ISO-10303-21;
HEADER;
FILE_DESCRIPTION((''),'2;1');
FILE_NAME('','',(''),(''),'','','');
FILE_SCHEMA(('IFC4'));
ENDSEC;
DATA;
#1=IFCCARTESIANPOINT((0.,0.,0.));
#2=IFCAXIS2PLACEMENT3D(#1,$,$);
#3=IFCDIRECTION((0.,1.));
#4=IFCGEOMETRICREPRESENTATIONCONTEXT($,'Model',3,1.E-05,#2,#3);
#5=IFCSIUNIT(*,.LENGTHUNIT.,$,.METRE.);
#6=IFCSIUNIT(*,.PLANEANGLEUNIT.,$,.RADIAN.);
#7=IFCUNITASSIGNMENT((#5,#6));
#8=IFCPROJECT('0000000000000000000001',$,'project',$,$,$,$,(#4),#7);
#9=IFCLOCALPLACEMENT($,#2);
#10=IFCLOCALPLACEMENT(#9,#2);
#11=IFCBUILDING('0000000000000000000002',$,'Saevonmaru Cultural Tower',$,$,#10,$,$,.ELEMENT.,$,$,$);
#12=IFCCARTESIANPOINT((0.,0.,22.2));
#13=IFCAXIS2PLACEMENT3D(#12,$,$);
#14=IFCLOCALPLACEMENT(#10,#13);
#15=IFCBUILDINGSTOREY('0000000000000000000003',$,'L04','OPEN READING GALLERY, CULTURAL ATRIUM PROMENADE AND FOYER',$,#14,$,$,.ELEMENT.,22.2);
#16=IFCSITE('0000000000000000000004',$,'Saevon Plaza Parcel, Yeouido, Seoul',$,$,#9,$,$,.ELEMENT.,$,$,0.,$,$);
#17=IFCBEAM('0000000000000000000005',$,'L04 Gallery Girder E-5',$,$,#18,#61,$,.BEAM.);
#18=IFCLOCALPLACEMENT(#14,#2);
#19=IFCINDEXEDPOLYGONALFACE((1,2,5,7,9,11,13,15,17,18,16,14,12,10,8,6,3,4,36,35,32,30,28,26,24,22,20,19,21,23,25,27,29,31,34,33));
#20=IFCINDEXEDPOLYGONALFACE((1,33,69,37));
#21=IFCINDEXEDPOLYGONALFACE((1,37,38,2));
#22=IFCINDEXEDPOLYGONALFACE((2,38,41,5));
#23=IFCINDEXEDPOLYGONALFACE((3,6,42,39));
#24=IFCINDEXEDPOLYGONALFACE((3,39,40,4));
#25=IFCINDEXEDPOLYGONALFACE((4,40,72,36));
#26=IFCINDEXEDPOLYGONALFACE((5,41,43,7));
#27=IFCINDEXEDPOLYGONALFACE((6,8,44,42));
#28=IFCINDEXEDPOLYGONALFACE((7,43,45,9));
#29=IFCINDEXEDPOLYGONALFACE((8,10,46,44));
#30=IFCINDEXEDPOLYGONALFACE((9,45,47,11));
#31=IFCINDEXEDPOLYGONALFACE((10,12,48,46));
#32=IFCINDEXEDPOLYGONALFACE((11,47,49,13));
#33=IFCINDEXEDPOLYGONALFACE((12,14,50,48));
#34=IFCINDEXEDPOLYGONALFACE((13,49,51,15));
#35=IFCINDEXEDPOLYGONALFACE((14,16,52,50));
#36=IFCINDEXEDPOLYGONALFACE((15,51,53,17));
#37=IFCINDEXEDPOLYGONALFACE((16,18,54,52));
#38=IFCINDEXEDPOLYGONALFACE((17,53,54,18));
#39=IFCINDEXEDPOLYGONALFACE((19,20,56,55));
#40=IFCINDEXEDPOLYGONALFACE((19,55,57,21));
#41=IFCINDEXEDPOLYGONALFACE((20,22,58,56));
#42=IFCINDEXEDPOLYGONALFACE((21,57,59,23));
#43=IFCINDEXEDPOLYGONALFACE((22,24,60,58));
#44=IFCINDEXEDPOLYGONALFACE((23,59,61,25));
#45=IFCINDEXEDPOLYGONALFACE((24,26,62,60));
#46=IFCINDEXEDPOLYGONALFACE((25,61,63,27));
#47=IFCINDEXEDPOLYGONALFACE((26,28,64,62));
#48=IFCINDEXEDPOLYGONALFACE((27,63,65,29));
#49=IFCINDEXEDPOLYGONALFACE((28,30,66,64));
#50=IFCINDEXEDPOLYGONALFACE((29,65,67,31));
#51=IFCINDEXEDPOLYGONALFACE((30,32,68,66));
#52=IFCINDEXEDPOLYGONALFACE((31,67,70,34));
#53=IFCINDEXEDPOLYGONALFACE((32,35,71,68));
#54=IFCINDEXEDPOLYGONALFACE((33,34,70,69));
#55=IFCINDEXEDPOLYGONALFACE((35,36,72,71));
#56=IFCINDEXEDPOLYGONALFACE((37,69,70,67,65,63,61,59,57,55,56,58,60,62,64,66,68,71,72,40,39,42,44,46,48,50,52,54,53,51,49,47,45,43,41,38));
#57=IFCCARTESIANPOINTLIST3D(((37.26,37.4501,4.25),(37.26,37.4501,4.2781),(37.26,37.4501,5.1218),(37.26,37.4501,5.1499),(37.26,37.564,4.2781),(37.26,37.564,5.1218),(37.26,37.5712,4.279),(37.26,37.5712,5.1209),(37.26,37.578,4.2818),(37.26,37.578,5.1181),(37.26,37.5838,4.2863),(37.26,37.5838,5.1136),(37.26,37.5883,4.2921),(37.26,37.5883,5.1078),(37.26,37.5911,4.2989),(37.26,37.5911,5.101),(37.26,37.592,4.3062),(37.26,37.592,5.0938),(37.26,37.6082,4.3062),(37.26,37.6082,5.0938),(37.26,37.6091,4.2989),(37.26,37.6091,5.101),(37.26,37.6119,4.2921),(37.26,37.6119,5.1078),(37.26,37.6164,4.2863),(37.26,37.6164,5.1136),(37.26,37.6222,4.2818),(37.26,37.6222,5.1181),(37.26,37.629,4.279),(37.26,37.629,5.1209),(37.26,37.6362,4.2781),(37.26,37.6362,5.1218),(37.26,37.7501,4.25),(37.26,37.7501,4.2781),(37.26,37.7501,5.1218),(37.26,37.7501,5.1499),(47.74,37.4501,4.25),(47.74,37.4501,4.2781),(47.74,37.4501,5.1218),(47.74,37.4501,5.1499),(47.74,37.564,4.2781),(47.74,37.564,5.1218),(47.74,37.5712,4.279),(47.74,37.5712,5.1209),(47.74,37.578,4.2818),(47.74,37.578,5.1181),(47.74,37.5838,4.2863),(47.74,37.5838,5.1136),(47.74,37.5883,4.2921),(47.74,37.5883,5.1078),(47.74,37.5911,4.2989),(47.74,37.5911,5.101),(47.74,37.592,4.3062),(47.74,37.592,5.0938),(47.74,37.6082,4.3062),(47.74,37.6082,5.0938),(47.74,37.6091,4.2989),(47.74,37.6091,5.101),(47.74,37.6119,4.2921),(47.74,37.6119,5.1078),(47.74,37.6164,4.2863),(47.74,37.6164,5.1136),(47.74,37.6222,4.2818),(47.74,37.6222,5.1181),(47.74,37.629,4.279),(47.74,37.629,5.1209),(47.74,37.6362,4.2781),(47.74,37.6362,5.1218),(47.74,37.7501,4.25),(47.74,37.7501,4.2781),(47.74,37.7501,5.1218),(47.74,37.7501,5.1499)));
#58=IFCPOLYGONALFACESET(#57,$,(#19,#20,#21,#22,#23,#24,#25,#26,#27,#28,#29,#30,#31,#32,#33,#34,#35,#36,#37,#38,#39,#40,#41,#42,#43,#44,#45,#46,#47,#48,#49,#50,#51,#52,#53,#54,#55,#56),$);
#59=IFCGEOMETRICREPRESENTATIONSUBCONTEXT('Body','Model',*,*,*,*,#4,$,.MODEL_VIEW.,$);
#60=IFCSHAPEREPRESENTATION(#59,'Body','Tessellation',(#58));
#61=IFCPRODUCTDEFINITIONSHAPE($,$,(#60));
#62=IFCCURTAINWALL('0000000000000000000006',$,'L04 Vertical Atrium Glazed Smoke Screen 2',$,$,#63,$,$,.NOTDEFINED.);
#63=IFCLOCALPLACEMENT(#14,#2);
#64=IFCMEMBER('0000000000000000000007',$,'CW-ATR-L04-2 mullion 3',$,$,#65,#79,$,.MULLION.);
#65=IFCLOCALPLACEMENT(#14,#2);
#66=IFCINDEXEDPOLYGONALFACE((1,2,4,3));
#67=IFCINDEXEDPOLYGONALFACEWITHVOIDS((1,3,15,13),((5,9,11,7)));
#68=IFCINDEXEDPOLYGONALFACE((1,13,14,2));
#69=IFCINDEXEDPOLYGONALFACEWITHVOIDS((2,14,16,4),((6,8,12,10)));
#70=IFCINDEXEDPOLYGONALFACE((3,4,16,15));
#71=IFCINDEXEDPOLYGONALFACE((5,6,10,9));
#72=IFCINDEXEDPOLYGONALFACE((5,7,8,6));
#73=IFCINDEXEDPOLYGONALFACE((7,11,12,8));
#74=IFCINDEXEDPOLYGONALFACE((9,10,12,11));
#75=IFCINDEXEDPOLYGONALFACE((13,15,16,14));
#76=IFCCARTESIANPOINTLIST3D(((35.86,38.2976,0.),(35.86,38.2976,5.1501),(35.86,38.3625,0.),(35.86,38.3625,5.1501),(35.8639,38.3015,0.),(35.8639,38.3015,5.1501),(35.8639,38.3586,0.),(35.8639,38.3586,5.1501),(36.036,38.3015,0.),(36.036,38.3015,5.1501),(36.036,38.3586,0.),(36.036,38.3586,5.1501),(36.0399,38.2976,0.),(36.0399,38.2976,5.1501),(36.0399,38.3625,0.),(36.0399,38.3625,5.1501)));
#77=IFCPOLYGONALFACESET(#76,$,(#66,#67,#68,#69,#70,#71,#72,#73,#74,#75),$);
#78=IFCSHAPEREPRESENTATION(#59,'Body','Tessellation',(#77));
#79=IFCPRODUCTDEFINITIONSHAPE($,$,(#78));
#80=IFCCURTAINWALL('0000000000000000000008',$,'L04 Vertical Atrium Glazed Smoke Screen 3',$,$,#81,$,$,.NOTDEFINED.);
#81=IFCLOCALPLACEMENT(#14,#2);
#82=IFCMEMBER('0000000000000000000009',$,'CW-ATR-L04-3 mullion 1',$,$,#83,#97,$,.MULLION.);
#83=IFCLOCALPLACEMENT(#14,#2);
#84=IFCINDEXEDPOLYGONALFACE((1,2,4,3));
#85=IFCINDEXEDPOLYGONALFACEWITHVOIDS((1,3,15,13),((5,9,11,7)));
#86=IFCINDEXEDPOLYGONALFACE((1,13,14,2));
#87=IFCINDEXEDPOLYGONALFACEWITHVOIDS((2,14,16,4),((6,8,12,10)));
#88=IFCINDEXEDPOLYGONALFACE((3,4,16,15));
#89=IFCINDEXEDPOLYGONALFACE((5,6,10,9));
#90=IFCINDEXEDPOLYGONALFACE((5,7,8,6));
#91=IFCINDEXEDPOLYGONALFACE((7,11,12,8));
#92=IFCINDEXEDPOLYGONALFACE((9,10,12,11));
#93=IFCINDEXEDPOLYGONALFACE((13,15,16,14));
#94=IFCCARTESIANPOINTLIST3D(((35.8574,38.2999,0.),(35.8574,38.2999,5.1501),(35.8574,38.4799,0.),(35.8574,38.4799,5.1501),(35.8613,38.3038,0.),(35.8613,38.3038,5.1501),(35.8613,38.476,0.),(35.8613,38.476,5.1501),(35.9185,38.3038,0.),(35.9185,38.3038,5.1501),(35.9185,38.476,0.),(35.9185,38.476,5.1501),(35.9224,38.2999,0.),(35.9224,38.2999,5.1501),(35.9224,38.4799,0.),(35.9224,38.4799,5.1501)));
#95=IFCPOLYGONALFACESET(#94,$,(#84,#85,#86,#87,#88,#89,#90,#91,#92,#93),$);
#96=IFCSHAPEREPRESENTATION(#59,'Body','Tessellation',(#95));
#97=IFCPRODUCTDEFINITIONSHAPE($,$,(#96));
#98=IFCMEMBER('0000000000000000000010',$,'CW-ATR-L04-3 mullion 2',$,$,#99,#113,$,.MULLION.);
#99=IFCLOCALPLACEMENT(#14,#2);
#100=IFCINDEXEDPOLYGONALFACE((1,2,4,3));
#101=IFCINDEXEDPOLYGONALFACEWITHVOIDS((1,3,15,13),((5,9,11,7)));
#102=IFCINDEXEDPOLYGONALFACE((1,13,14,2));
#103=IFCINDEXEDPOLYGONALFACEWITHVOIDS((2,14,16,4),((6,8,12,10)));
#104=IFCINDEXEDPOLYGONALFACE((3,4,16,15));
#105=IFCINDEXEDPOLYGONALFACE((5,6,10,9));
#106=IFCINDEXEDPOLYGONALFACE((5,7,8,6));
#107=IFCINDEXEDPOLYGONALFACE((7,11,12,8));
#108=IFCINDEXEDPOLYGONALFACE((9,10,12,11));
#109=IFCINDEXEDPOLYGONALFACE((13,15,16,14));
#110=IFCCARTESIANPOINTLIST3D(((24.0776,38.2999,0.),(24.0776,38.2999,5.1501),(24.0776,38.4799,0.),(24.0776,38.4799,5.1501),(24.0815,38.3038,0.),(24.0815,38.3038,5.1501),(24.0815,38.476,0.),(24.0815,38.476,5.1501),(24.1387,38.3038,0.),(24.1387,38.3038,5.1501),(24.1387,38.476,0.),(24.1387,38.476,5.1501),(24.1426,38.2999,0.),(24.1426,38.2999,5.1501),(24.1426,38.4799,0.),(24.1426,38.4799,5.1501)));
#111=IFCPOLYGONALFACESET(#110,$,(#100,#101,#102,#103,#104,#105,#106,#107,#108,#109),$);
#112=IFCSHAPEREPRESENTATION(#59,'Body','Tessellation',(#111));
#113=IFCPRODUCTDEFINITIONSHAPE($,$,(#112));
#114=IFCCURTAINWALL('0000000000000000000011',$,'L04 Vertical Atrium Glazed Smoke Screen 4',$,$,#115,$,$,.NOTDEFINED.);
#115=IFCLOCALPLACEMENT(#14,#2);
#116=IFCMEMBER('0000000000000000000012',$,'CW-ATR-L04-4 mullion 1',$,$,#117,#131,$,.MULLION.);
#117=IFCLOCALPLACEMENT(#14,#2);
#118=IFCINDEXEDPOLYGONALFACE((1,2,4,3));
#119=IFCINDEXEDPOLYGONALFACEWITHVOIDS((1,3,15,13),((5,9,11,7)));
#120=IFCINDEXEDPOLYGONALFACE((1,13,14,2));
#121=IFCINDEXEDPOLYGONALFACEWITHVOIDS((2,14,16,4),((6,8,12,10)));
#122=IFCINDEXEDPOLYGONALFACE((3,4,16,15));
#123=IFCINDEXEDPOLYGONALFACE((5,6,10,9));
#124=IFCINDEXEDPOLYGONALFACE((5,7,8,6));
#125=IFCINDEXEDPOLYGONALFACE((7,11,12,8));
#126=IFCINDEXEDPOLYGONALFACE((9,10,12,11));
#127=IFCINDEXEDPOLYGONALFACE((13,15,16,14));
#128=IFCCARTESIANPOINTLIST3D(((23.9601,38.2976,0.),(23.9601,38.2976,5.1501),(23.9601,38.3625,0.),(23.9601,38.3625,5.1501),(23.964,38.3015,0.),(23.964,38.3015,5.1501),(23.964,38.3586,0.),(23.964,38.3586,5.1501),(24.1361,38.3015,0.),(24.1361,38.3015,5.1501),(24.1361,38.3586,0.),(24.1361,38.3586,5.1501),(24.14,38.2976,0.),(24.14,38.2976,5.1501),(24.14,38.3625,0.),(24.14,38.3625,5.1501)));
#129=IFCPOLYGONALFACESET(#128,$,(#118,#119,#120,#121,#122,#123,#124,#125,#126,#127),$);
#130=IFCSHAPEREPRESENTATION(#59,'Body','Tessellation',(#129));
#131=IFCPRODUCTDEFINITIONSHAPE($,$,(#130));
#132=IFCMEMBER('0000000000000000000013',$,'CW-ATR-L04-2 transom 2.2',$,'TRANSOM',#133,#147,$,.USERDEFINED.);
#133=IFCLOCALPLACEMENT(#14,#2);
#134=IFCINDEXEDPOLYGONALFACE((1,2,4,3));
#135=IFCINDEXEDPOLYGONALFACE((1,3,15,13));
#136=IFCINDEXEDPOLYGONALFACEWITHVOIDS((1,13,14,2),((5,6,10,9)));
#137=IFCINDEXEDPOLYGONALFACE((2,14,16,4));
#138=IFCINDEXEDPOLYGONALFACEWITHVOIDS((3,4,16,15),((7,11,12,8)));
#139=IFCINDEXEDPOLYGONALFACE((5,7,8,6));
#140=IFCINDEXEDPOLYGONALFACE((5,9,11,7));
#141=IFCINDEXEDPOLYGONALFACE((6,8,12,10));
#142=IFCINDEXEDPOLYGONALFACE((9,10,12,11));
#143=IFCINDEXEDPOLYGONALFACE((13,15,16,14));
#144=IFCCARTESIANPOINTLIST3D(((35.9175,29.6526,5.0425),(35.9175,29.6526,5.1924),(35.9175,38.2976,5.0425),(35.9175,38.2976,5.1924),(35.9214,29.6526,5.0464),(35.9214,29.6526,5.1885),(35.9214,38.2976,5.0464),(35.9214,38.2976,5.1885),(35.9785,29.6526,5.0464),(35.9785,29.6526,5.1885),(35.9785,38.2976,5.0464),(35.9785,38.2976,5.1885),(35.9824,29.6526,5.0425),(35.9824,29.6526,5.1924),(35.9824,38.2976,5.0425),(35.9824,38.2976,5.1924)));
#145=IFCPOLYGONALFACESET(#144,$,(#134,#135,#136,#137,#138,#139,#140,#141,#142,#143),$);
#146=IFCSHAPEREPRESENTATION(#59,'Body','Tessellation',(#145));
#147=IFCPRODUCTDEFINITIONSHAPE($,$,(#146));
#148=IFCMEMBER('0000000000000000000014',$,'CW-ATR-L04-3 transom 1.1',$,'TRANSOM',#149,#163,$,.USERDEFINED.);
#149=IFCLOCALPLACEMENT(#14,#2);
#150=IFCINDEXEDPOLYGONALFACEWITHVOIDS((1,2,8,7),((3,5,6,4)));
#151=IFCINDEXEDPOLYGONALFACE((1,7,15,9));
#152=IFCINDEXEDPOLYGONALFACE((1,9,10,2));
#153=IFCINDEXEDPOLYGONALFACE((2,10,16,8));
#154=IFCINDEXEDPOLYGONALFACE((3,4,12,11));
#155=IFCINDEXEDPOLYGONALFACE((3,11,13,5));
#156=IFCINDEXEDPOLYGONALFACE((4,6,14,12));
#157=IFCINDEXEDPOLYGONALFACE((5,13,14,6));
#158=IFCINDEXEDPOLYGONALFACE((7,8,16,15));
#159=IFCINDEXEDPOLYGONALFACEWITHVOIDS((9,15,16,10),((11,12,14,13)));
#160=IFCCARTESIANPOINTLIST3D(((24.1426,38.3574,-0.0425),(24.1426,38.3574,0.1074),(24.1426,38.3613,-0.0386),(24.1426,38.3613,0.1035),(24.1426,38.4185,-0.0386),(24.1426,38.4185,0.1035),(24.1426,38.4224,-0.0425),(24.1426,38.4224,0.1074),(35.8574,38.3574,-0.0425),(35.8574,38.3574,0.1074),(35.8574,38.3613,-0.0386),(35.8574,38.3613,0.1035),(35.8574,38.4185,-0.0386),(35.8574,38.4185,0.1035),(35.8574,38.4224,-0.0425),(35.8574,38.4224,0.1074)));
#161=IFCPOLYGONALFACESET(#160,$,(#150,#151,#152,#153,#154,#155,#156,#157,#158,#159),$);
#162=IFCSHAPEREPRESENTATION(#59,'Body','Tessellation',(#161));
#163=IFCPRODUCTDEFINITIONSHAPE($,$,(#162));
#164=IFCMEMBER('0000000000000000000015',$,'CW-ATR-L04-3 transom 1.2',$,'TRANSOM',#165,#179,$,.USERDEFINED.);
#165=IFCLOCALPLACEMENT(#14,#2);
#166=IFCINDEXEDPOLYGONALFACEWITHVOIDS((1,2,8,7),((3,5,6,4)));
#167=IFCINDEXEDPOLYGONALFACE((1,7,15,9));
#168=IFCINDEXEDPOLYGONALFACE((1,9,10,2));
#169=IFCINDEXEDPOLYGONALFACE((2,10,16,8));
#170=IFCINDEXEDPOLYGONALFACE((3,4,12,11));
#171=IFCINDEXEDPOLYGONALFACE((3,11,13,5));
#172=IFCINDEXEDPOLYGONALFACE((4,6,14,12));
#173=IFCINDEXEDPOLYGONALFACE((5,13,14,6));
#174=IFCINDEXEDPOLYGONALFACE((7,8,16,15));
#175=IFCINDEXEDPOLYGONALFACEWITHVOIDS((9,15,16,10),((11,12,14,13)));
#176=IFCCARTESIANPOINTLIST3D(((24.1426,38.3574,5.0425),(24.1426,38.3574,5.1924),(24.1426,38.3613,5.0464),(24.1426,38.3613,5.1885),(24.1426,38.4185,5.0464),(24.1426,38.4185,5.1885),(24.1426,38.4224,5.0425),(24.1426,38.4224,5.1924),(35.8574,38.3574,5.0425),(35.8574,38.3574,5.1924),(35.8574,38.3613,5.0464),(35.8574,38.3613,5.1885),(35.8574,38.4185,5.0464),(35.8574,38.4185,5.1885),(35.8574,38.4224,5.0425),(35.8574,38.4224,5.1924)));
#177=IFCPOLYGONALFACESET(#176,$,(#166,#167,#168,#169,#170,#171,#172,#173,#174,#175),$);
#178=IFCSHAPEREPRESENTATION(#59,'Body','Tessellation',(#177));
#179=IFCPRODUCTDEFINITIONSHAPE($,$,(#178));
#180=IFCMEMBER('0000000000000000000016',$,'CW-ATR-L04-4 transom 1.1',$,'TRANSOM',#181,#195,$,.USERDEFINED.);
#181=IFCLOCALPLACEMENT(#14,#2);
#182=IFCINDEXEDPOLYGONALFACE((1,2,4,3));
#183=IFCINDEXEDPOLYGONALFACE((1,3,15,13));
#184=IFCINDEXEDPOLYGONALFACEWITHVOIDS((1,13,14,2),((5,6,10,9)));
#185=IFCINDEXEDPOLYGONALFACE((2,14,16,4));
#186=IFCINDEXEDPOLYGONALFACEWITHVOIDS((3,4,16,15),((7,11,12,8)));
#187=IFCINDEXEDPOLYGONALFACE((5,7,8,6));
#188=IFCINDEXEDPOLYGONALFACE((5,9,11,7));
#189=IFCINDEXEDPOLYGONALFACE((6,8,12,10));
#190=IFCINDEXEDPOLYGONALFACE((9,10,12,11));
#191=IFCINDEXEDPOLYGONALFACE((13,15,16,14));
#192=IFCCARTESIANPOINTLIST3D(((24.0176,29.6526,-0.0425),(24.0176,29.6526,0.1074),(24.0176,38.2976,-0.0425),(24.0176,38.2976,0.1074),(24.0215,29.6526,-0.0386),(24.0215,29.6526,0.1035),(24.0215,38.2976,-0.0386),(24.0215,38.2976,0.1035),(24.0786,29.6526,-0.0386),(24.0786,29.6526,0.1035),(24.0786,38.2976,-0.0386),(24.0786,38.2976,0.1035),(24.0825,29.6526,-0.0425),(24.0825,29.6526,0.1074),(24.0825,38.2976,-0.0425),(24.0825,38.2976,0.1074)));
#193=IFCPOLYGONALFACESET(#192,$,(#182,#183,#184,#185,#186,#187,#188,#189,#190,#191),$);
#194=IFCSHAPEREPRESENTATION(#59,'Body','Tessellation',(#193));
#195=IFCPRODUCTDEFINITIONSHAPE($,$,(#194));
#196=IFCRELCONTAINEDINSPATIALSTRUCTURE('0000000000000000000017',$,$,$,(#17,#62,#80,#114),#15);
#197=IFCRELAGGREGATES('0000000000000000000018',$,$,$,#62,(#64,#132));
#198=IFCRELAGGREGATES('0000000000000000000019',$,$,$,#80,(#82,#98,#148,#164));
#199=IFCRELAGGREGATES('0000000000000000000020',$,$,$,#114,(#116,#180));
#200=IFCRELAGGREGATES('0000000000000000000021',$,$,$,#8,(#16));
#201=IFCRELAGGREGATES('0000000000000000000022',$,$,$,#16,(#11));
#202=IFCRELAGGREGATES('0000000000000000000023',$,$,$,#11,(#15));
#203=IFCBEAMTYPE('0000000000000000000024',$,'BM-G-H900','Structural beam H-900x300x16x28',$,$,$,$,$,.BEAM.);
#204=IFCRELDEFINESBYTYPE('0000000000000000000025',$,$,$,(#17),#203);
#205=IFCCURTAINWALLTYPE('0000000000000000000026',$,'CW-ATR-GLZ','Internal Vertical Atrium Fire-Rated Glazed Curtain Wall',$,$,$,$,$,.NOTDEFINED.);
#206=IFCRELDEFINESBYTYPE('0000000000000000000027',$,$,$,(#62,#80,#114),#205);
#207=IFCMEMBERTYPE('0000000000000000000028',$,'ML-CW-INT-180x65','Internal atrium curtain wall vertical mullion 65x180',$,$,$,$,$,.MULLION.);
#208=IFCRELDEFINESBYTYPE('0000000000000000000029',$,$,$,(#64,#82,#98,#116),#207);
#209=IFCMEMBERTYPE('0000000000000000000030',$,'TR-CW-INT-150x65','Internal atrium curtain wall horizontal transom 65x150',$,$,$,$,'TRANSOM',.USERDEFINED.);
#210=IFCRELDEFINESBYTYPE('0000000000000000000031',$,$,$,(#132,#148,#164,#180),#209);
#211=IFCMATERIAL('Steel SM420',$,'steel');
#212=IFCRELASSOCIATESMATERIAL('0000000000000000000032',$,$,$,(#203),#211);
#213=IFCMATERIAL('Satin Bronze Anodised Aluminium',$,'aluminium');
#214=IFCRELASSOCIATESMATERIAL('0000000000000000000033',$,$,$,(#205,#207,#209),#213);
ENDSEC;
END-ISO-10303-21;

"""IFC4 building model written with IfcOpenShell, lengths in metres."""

from ifc_helpers import new_model, si_unit, direction, frame, origin, origin_2d, place, context, subcontext, project, spatial, hollow_rectangle, i_section, extrude, material, material_profile, profile_set, type_object, element, aggregate, save


model = new_model("IFC4")

# Units and contexts
model_context = context("Model", 3, precision=1e-05, world=origin(), true_north=direction((0.0, 1.0)))
body_context = subcontext(model_context, "Body", "Model", "MODEL_VIEW")
ifc_project = project(units=[si_unit("LENGTHUNIT", "METRE"), si_unit("PLANEANGLEUNIT", "RADIAN")], contexts=[model_context])

# Site, building, storey
site_placement = place(None, origin())
site = spatial("IfcSite", under=ifc_project, at=site_placement, Name="Saevon Plaza Parcel, Yeouido, Seoul", CompositionType="ELEMENT", RefElevation=0.0)
building_placement = place(site_placement, origin())
building = spatial("IfcBuilding", under=site, at=building_placement, Name="Saevonmaru Cultural Tower", CompositionType="ELEMENT")
storey_placement = place(building_placement, frame((0.0, 0.0, 22.2)))
storey = spatial("IfcBuildingStorey", under=building, at=storey_placement, Name="L04", Description="OPEN READING GALLERY, CULTURAL ATRIUM PROMENADE AND FOYER", CompositionType="ELEMENT", Elevation=22.2)

# Shared definitions
ifc_material_1 = material(Name="Steel SM420", Category="steel")

# Beam
ifc_material_profile_1 = material_profile(ifc_material_1, i_section(OverallWidth=0.3, OverallDepth=0.8999, WebThickness=0.0161, FlangeThickness=0.0281, FilletRadius=0.0281, at=origin_2d()), Name="H-900x300x16x28")
ifc_profile_set_1 = profile_set([ifc_material_profile_1], Name="Steel SM420")
beam_type_1 = type_object("IfcBeamType", Name="BM-G-H900", Description="Structural beam H-900x300x16x28", PredefinedType="BEAM", material=ifc_profile_set_1)
for number, where, z_axis, x_axis, name in (
    (1, (37.26, 37.6001, 4.7), (1.0, 0.0, 0.0), (0.0, 1.0, 0.0), "L04 Gallery Girder E-5"),
):
    element("IfcBeam", number, at=place(storey_placement, frame(where, z_axis=z_axis, x_axis=x_axis)), inside=storey, type_object=beam_type_1, Name=name, PredefinedType="BEAM", context=body_context, shape_type="SweptSolid", body=[
        extrude(i_section(OverallWidth=0.3, OverallDepth=0.8999, WebThickness=0.0161, FlangeThickness=0.0281, FilletRadius=0.0281, at=origin_2d()), origin(), (0.0, 0.0, 1.0), 10.48),
    ])

# Curtain wall, member
ifc_material_2 = material(Name="Satin Bronze Anodised Aluminium", Category="aluminium")
curtain_wall_type = type_object("IfcCurtainWallType", Name="CW-ATR-GLZ", Description="Internal Vertical Atrium Fire-Rated Glazed Curtain Wall", PredefinedType="NOTDEFINED", material=ifc_material_2)
curtain_wall_1_placement = place(storey_placement, origin())
curtain_wall_1 = element("IfcCurtainWall", 2, at=curtain_wall_1_placement, inside=storey, type_object=curtain_wall_type, Name="L04 Vertical Atrium Glazed Smoke Screen 2", PredefinedType="NOTDEFINED")
ifc_material_profile_2 = material_profile(ifc_material_2, hollow_rectangle(XDim=0.0649, YDim=0.1799, WallThickness=0.0039, at=origin_2d()), Name="ALU-MULL-180x65x4")
ifc_profile_set_2 = profile_set([ifc_material_profile_2], Name="Satin Bronze Anodised Aluminium")
member_type_1 = type_object("IfcMemberType", Name="ML-CW-INT-180x65", Description="Internal atrium curtain wall vertical mullion 65x180", PredefinedType="MULLION", material=ifc_profile_set_2)
member_1_placement = place(storey_placement, frame((35.95, 38.3301, 0.0), z_axis=(0.0, 0.0, 1.0), x_axis=(0.0, 1.0, 0.0)))
member_1 = element("IfcMember", 3, at=member_1_placement, type_object=member_type_1, Name="CW-ATR-L04-2 mullion 3", PredefinedType="MULLION", context=body_context, shape_type="SweptSolid", body=[
    extrude(hollow_rectangle(XDim=0.0649, YDim=0.1799, WallThickness=0.0039, at=origin_2d()), origin(), (0.0, 0.0, 1.0), 5.1501),
])

# Curtain wall, members
curtain_wall_2_placement = place(storey_placement, origin())
curtain_wall_2 = element("IfcCurtainWall", 4, at=curtain_wall_2_placement, inside=storey, type_object=curtain_wall_type, Name="L04 Vertical Atrium Glazed Smoke Screen 3", PredefinedType="NOTDEFINED")
member_2_placement = place(storey_placement, frame((35.8899, 38.3899, 0.0), z_axis=(0.0, 0.0, 1.0), x_axis=(-1.0, 0.0, 0.0)))
member_2 = element("IfcMember", 5, at=member_2_placement, type_object=member_type_1, Name="CW-ATR-L04-3 mullion 1", PredefinedType="MULLION", context=body_context, shape_type="SweptSolid", body=[
    extrude(hollow_rectangle(XDim=0.0649, YDim=0.1799, WallThickness=0.0039, at=origin_2d()), origin(), (0.0, 0.0, 1.0), 5.1501),
])
member_3_placement = place(storey_placement, frame((24.1101, 38.3899, 0.0), z_axis=(0.0, 0.0, 1.0), x_axis=(-1.0, 0.0, 0.0)))
member_3 = element("IfcMember", 6, at=member_3_placement, type_object=member_type_1, Name="CW-ATR-L04-3 mullion 2", PredefinedType="MULLION", context=body_context, shape_type="SweptSolid", body=[
    extrude(hollow_rectangle(XDim=0.0649, YDim=0.1799, WallThickness=0.0039, at=origin_2d()), origin(), (0.0, 0.0, 1.0), 5.1501),
])

# Curtain wall, member
curtain_wall_3_placement = place(storey_placement, origin())
curtain_wall_3 = element("IfcCurtainWall", 7, at=curtain_wall_3_placement, inside=storey, type_object=curtain_wall_type, Name="L04 Vertical Atrium Glazed Smoke Screen 4", PredefinedType="NOTDEFINED")
member_4_placement = place(storey_placement, frame((24.05, 38.3301, 0.0), z_axis=(0.0, 0.0, 1.0), x_axis=(0.0, -1.0, 0.0)))
member_4 = element("IfcMember", 8, at=member_4_placement, type_object=member_type_1, Name="CW-ATR-L04-4 mullion 1", PredefinedType="MULLION", context=body_context, shape_type="SweptSolid", body=[
    extrude(hollow_rectangle(XDim=0.0649, YDim=0.1799, WallThickness=0.0039, at=origin_2d()), origin(), (0.0, 0.0, 1.0), 5.1501),
])

# Members
ifc_material_profile_3 = material_profile(ifc_material_2, hollow_rectangle(XDim=0.0649, YDim=0.1499, WallThickness=0.0039, at=origin_2d()), Name="ALU-TRAN-150x65x4")
ifc_profile_set_3 = profile_set([ifc_material_profile_3], Name="Satin Bronze Anodised Aluminium")
member_type_2 = type_object("IfcMemberType", Name="TR-CW-INT-150x65", Description="Internal atrium curtain wall horizontal transom 65x150", ElementType="TRANSOM", PredefinedType="USERDEFINED", material=ifc_profile_set_3)
member_5_placement = place(storey_placement, frame((35.95, 29.6526, 5.1174), z_axis=(0.0, 1.0, 0.0), x_axis=(-1.0, 0.0, 0.0)))
member_5 = element("IfcMember", 9, at=member_5_placement, type_object=member_type_2, Name="CW-ATR-L04-2 transom 2.2", ObjectType="TRANSOM", PredefinedType="USERDEFINED", context=body_context, shape_type="SweptSolid", body=[
    extrude(hollow_rectangle(XDim=0.0649, YDim=0.1499, WallThickness=0.0039, at=origin_2d()), origin(), (0.0, 0.0, 1.0), 8.645),
])
member_6_placement = place(storey_placement, frame((35.8574, 38.3899, 0.0325), z_axis=(-1.0, 0.0, 0.0), x_axis=(0.0, -1.0, 0.0)))
member_6 = element("IfcMember", 10, at=member_6_placement, type_object=member_type_2, Name="CW-ATR-L04-3 transom 1.1", ObjectType="TRANSOM", PredefinedType="USERDEFINED", context=body_context, shape_type="SweptSolid", body=[
    extrude(hollow_rectangle(XDim=0.0649, YDim=0.1499, WallThickness=0.0039, at=origin_2d()), origin(), (0.0, 0.0, 1.0), 11.7148),
])
member_7_placement = place(storey_placement, frame((35.8574, 38.3899, 5.1174), z_axis=(-1.0, 0.0, 0.0), x_axis=(0.0, -1.0, 0.0)))
member_7 = element("IfcMember", 11, at=member_7_placement, type_object=member_type_2, Name="CW-ATR-L04-3 transom 1.2", ObjectType="TRANSOM", PredefinedType="USERDEFINED", context=body_context, shape_type="SweptSolid", body=[
    extrude(hollow_rectangle(XDim=0.0649, YDim=0.1499, WallThickness=0.0039, at=origin_2d()), origin(), (0.0, 0.0, 1.0), 11.7148),
])
member_8_placement = place(storey_placement, frame((24.05, 38.2976, 0.0325), z_axis=(0.0, -1.0, 0.0), x_axis=(1.0, 0.0, 0.0)))
member_8 = element("IfcMember", 12, at=member_8_placement, type_object=member_type_2, Name="CW-ATR-L04-4 transom 1.1", ObjectType="TRANSOM", PredefinedType="USERDEFINED", context=body_context, shape_type="SweptSolid", body=[
    extrude(hollow_rectangle(XDim=0.0649, YDim=0.1499, WallThickness=0.0039, at=origin_2d()), origin(), (0.0, 0.0, 1.0), 8.645),
])

aggregate(curtain_wall_1, [member_1, member_5])
aggregate(curtain_wall_2, [member_2, member_3, member_6, member_7])
aggregate(curtain_wall_3, [member_4, member_8])

save(model, "model.ifc")
